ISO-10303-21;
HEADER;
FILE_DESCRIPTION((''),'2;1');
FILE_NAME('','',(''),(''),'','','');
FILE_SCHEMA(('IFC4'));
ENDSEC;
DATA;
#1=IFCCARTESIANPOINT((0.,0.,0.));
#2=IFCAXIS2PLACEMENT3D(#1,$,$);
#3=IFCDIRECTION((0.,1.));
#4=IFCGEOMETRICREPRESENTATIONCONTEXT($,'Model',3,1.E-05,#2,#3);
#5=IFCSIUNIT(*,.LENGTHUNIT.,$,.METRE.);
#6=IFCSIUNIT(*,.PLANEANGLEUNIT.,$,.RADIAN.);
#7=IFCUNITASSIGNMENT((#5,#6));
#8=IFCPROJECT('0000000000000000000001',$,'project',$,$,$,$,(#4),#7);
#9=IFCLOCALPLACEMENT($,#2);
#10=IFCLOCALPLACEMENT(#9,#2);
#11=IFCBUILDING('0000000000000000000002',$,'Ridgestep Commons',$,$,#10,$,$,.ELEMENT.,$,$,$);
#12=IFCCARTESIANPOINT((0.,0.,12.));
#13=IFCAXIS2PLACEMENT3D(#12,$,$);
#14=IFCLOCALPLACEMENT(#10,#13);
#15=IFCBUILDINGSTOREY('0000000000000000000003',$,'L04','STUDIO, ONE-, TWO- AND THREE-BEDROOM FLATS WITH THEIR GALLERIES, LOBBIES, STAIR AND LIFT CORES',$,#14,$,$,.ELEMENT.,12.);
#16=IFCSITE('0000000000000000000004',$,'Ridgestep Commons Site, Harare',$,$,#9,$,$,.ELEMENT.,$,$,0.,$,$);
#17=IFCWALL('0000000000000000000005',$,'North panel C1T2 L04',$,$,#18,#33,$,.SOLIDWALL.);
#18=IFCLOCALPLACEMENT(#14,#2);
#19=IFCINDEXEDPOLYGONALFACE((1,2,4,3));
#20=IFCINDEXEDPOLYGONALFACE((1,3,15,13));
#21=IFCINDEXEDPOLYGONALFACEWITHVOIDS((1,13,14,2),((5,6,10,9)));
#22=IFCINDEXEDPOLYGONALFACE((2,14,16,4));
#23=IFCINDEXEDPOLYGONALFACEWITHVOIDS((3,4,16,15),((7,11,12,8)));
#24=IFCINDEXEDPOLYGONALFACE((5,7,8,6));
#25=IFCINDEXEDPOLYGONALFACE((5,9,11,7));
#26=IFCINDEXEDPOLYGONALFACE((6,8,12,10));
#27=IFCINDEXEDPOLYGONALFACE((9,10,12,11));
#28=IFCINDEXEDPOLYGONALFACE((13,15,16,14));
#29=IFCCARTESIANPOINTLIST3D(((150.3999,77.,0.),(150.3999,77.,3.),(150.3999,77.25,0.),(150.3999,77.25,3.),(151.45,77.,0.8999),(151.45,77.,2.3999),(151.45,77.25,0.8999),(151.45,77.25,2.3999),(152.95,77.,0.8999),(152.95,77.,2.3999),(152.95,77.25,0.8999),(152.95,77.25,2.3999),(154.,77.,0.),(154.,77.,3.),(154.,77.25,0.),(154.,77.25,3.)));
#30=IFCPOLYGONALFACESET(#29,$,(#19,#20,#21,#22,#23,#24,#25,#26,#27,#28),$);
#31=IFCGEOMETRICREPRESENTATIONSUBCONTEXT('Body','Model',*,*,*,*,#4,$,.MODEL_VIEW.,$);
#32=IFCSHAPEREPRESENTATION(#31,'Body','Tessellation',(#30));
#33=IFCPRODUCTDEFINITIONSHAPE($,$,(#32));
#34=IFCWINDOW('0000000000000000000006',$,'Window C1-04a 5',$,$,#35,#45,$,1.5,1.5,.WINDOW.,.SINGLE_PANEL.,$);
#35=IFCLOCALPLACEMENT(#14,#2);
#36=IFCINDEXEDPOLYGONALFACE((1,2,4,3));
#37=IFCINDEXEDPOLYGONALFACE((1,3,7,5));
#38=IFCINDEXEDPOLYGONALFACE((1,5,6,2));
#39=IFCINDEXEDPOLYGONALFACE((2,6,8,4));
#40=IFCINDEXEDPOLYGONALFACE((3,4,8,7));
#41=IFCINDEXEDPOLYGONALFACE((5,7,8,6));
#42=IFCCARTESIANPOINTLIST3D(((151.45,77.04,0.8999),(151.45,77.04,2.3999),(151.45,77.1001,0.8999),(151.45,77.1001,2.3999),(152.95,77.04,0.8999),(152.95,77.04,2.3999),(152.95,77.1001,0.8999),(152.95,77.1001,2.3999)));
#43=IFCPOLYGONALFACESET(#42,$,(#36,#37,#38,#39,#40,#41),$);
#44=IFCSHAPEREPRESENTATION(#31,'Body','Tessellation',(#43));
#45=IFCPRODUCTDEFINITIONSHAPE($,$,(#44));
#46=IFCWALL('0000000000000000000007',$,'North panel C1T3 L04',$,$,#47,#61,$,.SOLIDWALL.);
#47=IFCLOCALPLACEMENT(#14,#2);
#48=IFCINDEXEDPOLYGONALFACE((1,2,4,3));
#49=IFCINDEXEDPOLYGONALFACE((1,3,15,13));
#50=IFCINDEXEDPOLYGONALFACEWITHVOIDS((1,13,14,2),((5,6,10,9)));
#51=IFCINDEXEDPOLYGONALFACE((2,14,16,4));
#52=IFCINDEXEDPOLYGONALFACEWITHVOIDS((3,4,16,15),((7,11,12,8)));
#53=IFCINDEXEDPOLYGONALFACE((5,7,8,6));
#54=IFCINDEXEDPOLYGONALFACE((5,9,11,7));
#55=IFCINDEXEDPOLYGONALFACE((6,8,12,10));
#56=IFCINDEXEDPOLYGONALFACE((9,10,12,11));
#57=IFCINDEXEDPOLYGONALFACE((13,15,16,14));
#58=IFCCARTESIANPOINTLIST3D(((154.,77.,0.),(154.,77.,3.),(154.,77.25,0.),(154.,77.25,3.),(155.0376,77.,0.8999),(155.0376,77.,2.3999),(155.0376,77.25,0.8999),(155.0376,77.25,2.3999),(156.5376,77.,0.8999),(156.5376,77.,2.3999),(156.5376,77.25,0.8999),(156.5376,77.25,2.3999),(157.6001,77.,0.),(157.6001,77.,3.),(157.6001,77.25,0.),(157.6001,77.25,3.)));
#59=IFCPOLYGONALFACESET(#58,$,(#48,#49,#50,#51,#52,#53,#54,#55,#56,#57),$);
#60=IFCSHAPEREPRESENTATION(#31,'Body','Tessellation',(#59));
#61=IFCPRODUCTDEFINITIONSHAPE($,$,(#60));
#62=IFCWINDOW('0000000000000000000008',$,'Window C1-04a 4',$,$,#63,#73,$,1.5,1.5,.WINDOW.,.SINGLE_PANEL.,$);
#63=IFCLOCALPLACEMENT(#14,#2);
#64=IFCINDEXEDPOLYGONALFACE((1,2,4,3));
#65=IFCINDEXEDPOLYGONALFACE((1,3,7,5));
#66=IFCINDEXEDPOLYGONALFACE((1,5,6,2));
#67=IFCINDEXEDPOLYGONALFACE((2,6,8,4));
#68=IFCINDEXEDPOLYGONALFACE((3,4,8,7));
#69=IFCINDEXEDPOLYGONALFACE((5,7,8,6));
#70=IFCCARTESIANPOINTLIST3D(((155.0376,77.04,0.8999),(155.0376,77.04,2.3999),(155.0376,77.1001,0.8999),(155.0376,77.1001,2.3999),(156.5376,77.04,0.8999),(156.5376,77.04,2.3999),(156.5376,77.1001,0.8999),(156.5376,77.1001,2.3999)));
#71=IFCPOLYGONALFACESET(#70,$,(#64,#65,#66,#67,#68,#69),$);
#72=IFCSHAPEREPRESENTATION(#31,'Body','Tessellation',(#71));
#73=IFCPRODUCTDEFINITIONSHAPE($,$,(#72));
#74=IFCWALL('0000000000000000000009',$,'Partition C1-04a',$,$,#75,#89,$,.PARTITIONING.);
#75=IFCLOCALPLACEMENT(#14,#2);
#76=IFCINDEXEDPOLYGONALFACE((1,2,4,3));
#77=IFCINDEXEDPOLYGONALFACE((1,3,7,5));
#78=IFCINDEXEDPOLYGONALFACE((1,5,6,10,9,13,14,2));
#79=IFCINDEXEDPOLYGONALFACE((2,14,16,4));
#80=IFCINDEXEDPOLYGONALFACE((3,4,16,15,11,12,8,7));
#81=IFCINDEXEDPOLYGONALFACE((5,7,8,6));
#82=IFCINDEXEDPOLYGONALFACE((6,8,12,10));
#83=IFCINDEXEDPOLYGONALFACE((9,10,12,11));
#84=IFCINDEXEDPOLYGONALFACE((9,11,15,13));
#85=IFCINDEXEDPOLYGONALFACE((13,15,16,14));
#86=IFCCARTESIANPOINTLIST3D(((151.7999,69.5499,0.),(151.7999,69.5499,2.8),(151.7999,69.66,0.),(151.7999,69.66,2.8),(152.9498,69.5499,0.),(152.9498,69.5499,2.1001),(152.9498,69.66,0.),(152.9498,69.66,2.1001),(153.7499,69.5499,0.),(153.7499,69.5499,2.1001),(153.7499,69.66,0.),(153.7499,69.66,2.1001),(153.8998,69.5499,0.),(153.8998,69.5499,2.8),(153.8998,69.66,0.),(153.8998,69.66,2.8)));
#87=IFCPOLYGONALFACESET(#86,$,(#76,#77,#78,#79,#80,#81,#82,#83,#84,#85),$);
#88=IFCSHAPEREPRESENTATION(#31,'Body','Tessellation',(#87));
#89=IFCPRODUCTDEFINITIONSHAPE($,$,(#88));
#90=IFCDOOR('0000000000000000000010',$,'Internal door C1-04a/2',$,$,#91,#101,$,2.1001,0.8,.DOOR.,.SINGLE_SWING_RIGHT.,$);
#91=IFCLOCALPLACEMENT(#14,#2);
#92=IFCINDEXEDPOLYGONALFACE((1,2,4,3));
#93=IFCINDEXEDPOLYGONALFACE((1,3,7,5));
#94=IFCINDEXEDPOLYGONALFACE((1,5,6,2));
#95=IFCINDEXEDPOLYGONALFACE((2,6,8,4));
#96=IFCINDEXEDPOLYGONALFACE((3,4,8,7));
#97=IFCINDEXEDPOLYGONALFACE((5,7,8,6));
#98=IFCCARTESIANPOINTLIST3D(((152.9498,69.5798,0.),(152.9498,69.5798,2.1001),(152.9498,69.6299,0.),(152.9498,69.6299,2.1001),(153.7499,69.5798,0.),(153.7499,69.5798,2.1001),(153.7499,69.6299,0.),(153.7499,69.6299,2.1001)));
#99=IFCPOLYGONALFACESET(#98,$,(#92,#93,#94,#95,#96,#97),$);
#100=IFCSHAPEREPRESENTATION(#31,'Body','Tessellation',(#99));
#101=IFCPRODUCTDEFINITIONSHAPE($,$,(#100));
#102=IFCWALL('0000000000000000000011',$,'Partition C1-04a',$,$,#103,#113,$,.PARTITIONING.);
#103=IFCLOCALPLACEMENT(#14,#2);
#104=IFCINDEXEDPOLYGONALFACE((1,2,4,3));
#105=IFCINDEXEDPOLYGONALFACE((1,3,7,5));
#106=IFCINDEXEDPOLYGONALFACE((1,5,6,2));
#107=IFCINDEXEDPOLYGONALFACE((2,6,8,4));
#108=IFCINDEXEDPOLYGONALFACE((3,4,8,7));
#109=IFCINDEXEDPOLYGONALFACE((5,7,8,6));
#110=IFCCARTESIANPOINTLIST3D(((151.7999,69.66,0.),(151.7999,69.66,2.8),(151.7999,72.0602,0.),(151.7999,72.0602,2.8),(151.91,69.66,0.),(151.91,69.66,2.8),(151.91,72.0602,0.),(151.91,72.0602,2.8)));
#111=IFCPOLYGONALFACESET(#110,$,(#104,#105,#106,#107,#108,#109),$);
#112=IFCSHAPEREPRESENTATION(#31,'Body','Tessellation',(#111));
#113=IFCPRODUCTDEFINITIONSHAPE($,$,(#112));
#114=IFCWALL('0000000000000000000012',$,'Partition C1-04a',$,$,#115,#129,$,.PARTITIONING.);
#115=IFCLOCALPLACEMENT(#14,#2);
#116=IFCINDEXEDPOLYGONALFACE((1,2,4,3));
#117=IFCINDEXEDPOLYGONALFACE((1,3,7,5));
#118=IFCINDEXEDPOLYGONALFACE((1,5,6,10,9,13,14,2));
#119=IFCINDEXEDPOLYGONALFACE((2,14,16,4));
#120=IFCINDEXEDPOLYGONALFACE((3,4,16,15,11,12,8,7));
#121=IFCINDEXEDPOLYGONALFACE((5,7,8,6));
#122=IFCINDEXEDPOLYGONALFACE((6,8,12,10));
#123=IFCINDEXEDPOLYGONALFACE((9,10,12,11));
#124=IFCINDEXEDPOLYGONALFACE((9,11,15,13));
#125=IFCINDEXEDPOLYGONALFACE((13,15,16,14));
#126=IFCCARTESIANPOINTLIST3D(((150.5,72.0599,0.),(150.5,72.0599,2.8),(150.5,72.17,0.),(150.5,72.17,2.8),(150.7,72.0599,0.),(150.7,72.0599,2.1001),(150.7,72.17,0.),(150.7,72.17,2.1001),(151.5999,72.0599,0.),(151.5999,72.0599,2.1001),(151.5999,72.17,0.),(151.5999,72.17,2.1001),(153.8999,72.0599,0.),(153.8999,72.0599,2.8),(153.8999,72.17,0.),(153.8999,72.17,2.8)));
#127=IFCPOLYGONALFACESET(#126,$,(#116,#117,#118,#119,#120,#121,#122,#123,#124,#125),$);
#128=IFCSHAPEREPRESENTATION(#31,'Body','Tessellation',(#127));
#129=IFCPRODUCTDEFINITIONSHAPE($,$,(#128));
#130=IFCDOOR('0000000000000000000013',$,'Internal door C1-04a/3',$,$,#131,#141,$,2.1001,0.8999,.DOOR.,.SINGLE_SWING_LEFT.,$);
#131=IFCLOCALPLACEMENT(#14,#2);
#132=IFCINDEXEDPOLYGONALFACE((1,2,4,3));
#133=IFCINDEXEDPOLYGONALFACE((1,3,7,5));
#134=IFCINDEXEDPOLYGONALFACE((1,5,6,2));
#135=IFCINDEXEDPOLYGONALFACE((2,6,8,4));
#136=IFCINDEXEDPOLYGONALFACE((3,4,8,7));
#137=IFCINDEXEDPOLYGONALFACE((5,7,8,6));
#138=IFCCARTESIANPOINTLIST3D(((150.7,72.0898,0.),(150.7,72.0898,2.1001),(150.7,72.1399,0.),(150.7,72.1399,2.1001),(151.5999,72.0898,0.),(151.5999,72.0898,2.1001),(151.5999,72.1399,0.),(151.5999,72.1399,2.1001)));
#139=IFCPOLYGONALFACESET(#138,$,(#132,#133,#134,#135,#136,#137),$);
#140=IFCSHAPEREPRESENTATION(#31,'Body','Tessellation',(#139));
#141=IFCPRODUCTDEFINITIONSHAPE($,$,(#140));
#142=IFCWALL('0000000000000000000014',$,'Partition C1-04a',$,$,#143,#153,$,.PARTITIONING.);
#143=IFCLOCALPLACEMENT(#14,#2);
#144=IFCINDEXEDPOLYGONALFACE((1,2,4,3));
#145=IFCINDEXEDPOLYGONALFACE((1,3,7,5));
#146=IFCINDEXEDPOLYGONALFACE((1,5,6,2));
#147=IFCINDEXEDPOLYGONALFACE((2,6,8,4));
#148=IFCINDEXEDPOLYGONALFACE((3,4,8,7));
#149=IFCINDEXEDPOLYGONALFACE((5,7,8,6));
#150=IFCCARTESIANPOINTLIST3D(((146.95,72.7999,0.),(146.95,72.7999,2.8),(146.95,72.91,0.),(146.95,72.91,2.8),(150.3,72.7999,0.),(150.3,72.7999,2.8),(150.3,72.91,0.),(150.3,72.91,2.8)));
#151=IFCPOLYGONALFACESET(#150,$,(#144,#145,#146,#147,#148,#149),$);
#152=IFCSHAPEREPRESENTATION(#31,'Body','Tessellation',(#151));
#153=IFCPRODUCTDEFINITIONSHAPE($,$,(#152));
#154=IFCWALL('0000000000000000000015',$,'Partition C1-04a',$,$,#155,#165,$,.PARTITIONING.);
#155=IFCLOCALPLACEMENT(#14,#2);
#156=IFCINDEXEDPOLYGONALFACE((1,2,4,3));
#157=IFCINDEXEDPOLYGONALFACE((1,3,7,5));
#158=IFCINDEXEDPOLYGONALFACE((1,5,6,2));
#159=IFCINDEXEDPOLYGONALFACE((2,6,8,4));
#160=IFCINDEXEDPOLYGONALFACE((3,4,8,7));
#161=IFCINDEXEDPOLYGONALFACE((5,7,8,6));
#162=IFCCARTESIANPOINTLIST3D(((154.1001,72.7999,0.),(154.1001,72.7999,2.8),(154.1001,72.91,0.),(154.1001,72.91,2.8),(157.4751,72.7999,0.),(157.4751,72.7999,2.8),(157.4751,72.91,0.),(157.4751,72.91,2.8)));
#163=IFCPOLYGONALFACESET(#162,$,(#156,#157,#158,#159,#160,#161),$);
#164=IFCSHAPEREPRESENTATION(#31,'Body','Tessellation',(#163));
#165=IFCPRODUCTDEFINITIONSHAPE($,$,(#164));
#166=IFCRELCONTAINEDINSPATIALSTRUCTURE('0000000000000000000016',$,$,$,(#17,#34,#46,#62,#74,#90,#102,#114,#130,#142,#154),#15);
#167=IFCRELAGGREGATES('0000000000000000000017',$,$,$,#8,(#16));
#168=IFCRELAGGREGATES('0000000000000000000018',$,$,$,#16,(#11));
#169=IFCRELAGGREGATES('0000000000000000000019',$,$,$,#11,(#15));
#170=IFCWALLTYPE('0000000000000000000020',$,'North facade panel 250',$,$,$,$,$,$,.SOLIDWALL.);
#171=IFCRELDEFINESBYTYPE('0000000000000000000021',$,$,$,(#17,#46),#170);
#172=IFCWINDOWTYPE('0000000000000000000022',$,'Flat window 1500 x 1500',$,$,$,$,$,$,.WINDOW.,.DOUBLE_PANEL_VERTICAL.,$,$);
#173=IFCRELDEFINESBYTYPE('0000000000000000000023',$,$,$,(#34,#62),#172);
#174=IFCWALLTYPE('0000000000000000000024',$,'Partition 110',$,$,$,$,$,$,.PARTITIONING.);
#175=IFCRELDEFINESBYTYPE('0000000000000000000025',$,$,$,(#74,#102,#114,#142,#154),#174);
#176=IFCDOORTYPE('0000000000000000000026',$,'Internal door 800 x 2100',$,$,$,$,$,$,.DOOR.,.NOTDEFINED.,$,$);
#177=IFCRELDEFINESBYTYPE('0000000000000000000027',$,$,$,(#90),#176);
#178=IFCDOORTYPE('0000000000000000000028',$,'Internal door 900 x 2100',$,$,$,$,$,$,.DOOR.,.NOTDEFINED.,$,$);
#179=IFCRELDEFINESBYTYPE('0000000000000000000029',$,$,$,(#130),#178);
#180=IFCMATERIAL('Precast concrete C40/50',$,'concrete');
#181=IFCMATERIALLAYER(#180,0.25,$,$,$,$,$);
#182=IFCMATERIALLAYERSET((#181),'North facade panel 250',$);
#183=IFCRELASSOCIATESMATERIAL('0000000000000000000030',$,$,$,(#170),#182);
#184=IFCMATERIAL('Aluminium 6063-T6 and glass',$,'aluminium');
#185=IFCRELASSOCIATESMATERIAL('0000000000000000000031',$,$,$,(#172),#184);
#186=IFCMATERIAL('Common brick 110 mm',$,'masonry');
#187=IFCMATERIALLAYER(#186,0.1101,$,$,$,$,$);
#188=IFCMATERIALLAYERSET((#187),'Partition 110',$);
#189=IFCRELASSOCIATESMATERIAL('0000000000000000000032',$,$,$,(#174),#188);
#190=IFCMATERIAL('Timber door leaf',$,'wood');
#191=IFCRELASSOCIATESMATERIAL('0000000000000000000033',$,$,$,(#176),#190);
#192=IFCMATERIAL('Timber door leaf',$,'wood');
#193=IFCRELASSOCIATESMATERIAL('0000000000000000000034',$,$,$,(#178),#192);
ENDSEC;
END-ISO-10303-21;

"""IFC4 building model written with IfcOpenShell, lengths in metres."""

from ifc_helpers import new_model, si_unit, direction, frame, frame_2d, origin, place, context, subcontext, project, spatial, rectangle, extrude, material, layer, layer_set, type_object, element, fill, save


model = new_model("IFC4")

# Units and contexts
model_context = context("Model", 3, precision=1e-05, world=origin(), true_north=direction((0.0, 1.0)))
body_context = subcontext(model_context, "Body", "Model", "MODEL_VIEW")
ifc_project = project(units=[si_unit("LENGTHUNIT", "METRE"), si_unit("PLANEANGLEUNIT", "RADIAN")], contexts=[model_context])

# Site, building, storey
site_placement = place(None, origin())
site = spatial("IfcSite", under=ifc_project, at=site_placement, Name="Ridgestep Commons Site, Harare", CompositionType="ELEMENT", RefElevation=0.0)
building_placement = place(site_placement, origin())
building = spatial("IfcBuilding", under=site, at=building_placement, Name="Ridgestep Commons", CompositionType="ELEMENT")
storey_placement = place(building_placement, frame((0.0, 0.0, 12.0)))
storey = spatial("IfcBuildingStorey", under=building, at=storey_placement, Name="L04", Description="STUDIO, ONE-, TWO- AND THREE-BEDROOM FLATS WITH THEIR GALLERIES, LOBBIES, STAIR AND LIFT CORES", CompositionType="ELEMENT", Elevation=12.0)

# Walls, openings, windows
ifc_material_1 = material(Name="Precast concrete C40/50", Category="concrete")
ifc_layer_1 = layer(ifc_material_1, 0.25)
ifc_layer_set_1 = layer_set([ifc_layer_1], Name="North facade panel 250")
wall_type_1 = type_object("IfcWallType", Name="North facade panel 250", PredefinedType="SOLIDWALL", material=ifc_layer_set_1)
wall_1_placement = place(storey_placement, frame((150.3999, 77.125, 0.0), z_axis=(0.0, 0.0, 1.0), x_axis=(1.0, 0.0, 0.0)))
wall_1 = element("IfcWall", 1, at=wall_1_placement, inside=storey, type_object=wall_type_1, Name="North panel C1T2 L04", PredefinedType="SOLIDWALL", context=body_context, shape_type="SweptSolid", body=[
    extrude(rectangle(XDim=3.6001, YDim=0.25, at=frame_2d((1.8, 0.0))), origin(), (0.0, 0.0, 1.0), 3.0),
])
opening_1_placement = place(wall_1_placement, frame((1.05, 0.0, 0.8999)))
opening_1 = element("IfcOpeningElement", 2, at=opening_1_placement, cuts=wall_1, PredefinedType="OPENING", context=body_context, shape_type="SweptSolid", body=[
    extrude(rectangle(XDim=1.5, YDim=1.5, at=frame_2d((0.75, 0.75))), frame((0.0, 0.135, 0.0), z_axis=(0.0, -1.0, 0.0), x_axis=(1.0, 0.0, 0.0)), (0.0, 0.0, 1.0), 0.27),
])
ifc_material_2 = material(Name="Aluminium 6063-T6 and glass", Category="aluminium")
window_type_1 = type_object("IfcWindowType", Name="Flat window 1500 x 1500", PartitioningType="DOUBLE_PANEL_VERTICAL", PredefinedType="WINDOW", material=ifc_material_2)
window_1_placement = place(opening_1_placement, origin())
window_1 = element("IfcWindow", 3, at=window_1_placement, inside=storey, type_object=window_type_1, Name="Window C1-04a 5", OverallHeight=1.5, OverallWidth=1.5, PartitioningType="SINGLE_PANEL", PredefinedType="WINDOW", context=body_context, shape_type="SweptSolid", body=[
    extrude(rectangle(XDim=1.5, YDim=1.5, at=frame_2d((0.75, 0.75))), frame((0.0, -0.0249, 0.0), z_axis=(0.0, -1.0, 0.0), x_axis=(1.0, 0.0, 0.0)), (0.0, 0.0, 1.0), 0.0601),
])
fill(opening_1, window_1)
wall_2_placement = place(storey_placement, frame((154.0, 77.125, 0.0), z_axis=(0.0, 0.0, 1.0), x_axis=(1.0, 0.0, 0.0)))
wall_2 = element("IfcWall", 4, at=wall_2_placement, inside=storey, type_object=wall_type_1, Name="North panel C1T3 L04", PredefinedType="SOLIDWALL", context=body_context, shape_type="SweptSolid", body=[
    extrude(rectangle(XDim=3.6001, YDim=0.25, at=frame_2d((1.8, 0.0))), origin(), (0.0, 0.0, 1.0), 3.0),
])
opening_2_placement = place(wall_2_placement, frame((1.0376, 0.0, 0.8999)))
opening_2 = element("IfcOpeningElement", 5, at=opening_2_placement, cuts=wall_2, PredefinedType="OPENING", context=body_context, shape_type="SweptSolid", body=[
    extrude(rectangle(XDim=1.5, YDim=1.5, at=frame_2d((0.75, 0.75))), frame((0.0, 0.135, 0.0), z_axis=(0.0, -1.0, 0.0), x_axis=(1.0, 0.0, 0.0)), (0.0, 0.0, 1.0), 0.27),
])
window_2_placement = place(opening_2_placement, origin())
window_2 = element("IfcWindow", 6, at=window_2_placement, inside=storey, type_object=window_type_1, Name="Window C1-04a 4", OverallHeight=1.5, OverallWidth=1.5, PartitioningType="SINGLE_PANEL", PredefinedType="WINDOW", context=body_context, shape_type="SweptSolid", body=[
    extrude(rectangle(XDim=1.5, YDim=1.5, at=frame_2d((0.75, 0.75))), frame((0.0, -0.0249, 0.0), z_axis=(0.0, -1.0, 0.0), x_axis=(1.0, 0.0, 0.0)), (0.0, 0.0, 1.0), 0.0601),
])
fill(opening_2, window_2)

# Wall, opening, door
ifc_material_3 = material(Name="Common brick 110 mm", Category="masonry")
ifc_layer_2 = layer(ifc_material_3, 0.1101)
ifc_layer_set_2 = layer_set([ifc_layer_2], Name="Partition 110")
wall_type_2 = type_object("IfcWallType", Name="Partition 110", PredefinedType="PARTITIONING", material=ifc_layer_set_2)
wall_3_placement = place(storey_placement, frame((151.8, 69.605, 0.0), z_axis=(0.0, 0.0, 1.0), x_axis=(1.0, 0.0, 0.0)))
wall_3 = element("IfcWall", 7, at=wall_3_placement, inside=storey, type_object=wall_type_2, Name="Partition C1-04a", PredefinedType="PARTITIONING", context=body_context, shape_type="SweptSolid", body=[
    extrude(rectangle(XDim=2.0999, YDim=0.1101, at=frame_2d((1.0498, 0.0))), origin(), (0.0, 0.0, 1.0), 2.8),
])
opening_3_placement = place(wall_3_placement, frame((1.1499, 0.0, 0.0)))
opening_3 = element("IfcOpeningElement", 8, at=opening_3_placement, cuts=wall_3, PredefinedType="OPENING", context=body_context, shape_type="SweptSolid", body=[
    extrude(rectangle(XDim=0.8, YDim=2.1001, at=frame_2d((0.3999, 1.05))), frame((0.0, 0.0649, 0.0), z_axis=(0.0, -1.0, 0.0), x_axis=(1.0, 0.0, 0.0)), (0.0, 0.0, 1.0), 0.1301),
])
ifc_material_4 = material(Name="Timber door leaf", Category="wood")
door_type_1 = type_object("IfcDoorType", Name="Internal door 800 x 2100", OperationType="NOTDEFINED", PredefinedType="DOOR", material=ifc_material_4)
door_1_placement = place(opening_3_placement, origin())
door_1 = element("IfcDoor", 9, at=door_1_placement, inside=storey, type_object=door_type_1, Name="Internal door C1-04a/2", OperationType="SINGLE_SWING_RIGHT", OverallHeight=2.1001, OverallWidth=0.8, PredefinedType="DOOR", context=body_context, shape_type="SweptSolid", body=[
    extrude(rectangle(XDim=0.8, YDim=2.1001, at=frame_2d((0.3999, 1.05))), frame((0.0, 0.0249, 0.0), z_axis=(0.0, -1.0, 0.0), x_axis=(1.0, 0.0, 0.0)), (0.0, 0.0, 1.0), 0.05),
])
fill(opening_3, door_1)

# Wall
wall_4_placement = place(storey_placement, frame((151.855, 69.6599, 0.0), z_axis=(0.0, 0.0, 1.0), x_axis=(0.0, 1.0, 0.0)))
element("IfcWall", 10, at=wall_4_placement, inside=storey, type_object=wall_type_2, Name="Partition C1-04a", PredefinedType="PARTITIONING", context=body_context, shape_type="SweptSolid", body=[
    extrude(rectangle(XDim=2.4001, YDim=0.1101, at=frame_2d((1.2002, 0.0))), origin(), (0.0, 0.0, 1.0), 2.8),
])

# Wall, opening, door
wall_5_placement = place(storey_placement, frame((150.5, 72.115, 0.0), z_axis=(0.0, 0.0, 1.0), x_axis=(1.0, 0.0, 0.0)))
wall_5 = element("IfcWall", 11, at=wall_5_placement, inside=storey, type_object=wall_type_2, Name="Partition C1-04a", PredefinedType="PARTITIONING", context=body_context, shape_type="SweptSolid", body=[
    extrude(rectangle(XDim=3.3999, YDim=0.1101, at=frame_2d((1.7, 0.0))), origin(), (0.0, 0.0, 1.0), 2.8),
])
opening_4_placement = place(wall_5_placement, frame((0.2, 0.0, 0.0)))
opening_4 = element("IfcOpeningElement", 12, at=opening_4_placement, cuts=wall_5, PredefinedType="OPENING", context=body_context, shape_type="SweptSolid", body=[
    extrude(rectangle(XDim=0.8999, YDim=2.1001, at=frame_2d((0.45, 1.05))), frame((0.0, 0.0649, 0.0), z_axis=(0.0, -1.0, 0.0), x_axis=(1.0, 0.0, 0.0)), (0.0, 0.0, 1.0), 0.1301),
])
ifc_material_5 = material(Name="Timber door leaf", Category="wood")
door_type_2 = type_object("IfcDoorType", Name="Internal door 900 x 2100", OperationType="NOTDEFINED", PredefinedType="DOOR", material=ifc_material_5)
door_2_placement = place(opening_4_placement, origin())
door_2 = element("IfcDoor", 13, at=door_2_placement, inside=storey, type_object=door_type_2, Name="Internal door C1-04a/3", OperationType="SINGLE_SWING_LEFT", OverallHeight=2.1001, OverallWidth=0.8999, PredefinedType="DOOR", context=body_context, shape_type="SweptSolid", body=[
    extrude(rectangle(XDim=0.8999, YDim=2.1001, at=frame_2d((0.45, 1.05))), frame((0.0, 0.0249, 0.0), z_axis=(0.0, -1.0, 0.0), x_axis=(1.0, 0.0, 0.0)), (0.0, 0.0, 1.0), 0.05),
])
fill(opening_4, door_2)

# Walls
wall_6_placement = place(storey_placement, frame((146.95, 72.855, 0.0), z_axis=(0.0, 0.0, 1.0), x_axis=(1.0, 0.0, 0.0)))
element("IfcWall", 14, at=wall_6_placement, inside=storey, type_object=wall_type_2, Name="Partition C1-04a", PredefinedType="PARTITIONING", context=body_context, shape_type="SweptSolid", body=[
    extrude(rectangle(XDim=3.3501, YDim=0.1101, at=frame_2d((1.675, 0.0))), origin(), (0.0, 0.0, 1.0), 2.8),
])
wall_7_placement = place(storey_placement, frame((154.1001, 72.855, 0.0), z_axis=(0.0, 0.0, 1.0), x_axis=(1.0, 0.0, 0.0)))
element("IfcWall", 15, at=wall_7_placement, inside=storey, type_object=wall_type_2, Name="Partition C1-04a", PredefinedType="PARTITIONING", context=body_context, shape_type="SweptSolid", body=[
    extrude(rectangle(XDim=3.375, YDim=0.1101, at=frame_2d((1.6875, 0.0))), origin(), (0.0, 0.0, 1.0), 2.8),
])

save(model, "model.ifc")
